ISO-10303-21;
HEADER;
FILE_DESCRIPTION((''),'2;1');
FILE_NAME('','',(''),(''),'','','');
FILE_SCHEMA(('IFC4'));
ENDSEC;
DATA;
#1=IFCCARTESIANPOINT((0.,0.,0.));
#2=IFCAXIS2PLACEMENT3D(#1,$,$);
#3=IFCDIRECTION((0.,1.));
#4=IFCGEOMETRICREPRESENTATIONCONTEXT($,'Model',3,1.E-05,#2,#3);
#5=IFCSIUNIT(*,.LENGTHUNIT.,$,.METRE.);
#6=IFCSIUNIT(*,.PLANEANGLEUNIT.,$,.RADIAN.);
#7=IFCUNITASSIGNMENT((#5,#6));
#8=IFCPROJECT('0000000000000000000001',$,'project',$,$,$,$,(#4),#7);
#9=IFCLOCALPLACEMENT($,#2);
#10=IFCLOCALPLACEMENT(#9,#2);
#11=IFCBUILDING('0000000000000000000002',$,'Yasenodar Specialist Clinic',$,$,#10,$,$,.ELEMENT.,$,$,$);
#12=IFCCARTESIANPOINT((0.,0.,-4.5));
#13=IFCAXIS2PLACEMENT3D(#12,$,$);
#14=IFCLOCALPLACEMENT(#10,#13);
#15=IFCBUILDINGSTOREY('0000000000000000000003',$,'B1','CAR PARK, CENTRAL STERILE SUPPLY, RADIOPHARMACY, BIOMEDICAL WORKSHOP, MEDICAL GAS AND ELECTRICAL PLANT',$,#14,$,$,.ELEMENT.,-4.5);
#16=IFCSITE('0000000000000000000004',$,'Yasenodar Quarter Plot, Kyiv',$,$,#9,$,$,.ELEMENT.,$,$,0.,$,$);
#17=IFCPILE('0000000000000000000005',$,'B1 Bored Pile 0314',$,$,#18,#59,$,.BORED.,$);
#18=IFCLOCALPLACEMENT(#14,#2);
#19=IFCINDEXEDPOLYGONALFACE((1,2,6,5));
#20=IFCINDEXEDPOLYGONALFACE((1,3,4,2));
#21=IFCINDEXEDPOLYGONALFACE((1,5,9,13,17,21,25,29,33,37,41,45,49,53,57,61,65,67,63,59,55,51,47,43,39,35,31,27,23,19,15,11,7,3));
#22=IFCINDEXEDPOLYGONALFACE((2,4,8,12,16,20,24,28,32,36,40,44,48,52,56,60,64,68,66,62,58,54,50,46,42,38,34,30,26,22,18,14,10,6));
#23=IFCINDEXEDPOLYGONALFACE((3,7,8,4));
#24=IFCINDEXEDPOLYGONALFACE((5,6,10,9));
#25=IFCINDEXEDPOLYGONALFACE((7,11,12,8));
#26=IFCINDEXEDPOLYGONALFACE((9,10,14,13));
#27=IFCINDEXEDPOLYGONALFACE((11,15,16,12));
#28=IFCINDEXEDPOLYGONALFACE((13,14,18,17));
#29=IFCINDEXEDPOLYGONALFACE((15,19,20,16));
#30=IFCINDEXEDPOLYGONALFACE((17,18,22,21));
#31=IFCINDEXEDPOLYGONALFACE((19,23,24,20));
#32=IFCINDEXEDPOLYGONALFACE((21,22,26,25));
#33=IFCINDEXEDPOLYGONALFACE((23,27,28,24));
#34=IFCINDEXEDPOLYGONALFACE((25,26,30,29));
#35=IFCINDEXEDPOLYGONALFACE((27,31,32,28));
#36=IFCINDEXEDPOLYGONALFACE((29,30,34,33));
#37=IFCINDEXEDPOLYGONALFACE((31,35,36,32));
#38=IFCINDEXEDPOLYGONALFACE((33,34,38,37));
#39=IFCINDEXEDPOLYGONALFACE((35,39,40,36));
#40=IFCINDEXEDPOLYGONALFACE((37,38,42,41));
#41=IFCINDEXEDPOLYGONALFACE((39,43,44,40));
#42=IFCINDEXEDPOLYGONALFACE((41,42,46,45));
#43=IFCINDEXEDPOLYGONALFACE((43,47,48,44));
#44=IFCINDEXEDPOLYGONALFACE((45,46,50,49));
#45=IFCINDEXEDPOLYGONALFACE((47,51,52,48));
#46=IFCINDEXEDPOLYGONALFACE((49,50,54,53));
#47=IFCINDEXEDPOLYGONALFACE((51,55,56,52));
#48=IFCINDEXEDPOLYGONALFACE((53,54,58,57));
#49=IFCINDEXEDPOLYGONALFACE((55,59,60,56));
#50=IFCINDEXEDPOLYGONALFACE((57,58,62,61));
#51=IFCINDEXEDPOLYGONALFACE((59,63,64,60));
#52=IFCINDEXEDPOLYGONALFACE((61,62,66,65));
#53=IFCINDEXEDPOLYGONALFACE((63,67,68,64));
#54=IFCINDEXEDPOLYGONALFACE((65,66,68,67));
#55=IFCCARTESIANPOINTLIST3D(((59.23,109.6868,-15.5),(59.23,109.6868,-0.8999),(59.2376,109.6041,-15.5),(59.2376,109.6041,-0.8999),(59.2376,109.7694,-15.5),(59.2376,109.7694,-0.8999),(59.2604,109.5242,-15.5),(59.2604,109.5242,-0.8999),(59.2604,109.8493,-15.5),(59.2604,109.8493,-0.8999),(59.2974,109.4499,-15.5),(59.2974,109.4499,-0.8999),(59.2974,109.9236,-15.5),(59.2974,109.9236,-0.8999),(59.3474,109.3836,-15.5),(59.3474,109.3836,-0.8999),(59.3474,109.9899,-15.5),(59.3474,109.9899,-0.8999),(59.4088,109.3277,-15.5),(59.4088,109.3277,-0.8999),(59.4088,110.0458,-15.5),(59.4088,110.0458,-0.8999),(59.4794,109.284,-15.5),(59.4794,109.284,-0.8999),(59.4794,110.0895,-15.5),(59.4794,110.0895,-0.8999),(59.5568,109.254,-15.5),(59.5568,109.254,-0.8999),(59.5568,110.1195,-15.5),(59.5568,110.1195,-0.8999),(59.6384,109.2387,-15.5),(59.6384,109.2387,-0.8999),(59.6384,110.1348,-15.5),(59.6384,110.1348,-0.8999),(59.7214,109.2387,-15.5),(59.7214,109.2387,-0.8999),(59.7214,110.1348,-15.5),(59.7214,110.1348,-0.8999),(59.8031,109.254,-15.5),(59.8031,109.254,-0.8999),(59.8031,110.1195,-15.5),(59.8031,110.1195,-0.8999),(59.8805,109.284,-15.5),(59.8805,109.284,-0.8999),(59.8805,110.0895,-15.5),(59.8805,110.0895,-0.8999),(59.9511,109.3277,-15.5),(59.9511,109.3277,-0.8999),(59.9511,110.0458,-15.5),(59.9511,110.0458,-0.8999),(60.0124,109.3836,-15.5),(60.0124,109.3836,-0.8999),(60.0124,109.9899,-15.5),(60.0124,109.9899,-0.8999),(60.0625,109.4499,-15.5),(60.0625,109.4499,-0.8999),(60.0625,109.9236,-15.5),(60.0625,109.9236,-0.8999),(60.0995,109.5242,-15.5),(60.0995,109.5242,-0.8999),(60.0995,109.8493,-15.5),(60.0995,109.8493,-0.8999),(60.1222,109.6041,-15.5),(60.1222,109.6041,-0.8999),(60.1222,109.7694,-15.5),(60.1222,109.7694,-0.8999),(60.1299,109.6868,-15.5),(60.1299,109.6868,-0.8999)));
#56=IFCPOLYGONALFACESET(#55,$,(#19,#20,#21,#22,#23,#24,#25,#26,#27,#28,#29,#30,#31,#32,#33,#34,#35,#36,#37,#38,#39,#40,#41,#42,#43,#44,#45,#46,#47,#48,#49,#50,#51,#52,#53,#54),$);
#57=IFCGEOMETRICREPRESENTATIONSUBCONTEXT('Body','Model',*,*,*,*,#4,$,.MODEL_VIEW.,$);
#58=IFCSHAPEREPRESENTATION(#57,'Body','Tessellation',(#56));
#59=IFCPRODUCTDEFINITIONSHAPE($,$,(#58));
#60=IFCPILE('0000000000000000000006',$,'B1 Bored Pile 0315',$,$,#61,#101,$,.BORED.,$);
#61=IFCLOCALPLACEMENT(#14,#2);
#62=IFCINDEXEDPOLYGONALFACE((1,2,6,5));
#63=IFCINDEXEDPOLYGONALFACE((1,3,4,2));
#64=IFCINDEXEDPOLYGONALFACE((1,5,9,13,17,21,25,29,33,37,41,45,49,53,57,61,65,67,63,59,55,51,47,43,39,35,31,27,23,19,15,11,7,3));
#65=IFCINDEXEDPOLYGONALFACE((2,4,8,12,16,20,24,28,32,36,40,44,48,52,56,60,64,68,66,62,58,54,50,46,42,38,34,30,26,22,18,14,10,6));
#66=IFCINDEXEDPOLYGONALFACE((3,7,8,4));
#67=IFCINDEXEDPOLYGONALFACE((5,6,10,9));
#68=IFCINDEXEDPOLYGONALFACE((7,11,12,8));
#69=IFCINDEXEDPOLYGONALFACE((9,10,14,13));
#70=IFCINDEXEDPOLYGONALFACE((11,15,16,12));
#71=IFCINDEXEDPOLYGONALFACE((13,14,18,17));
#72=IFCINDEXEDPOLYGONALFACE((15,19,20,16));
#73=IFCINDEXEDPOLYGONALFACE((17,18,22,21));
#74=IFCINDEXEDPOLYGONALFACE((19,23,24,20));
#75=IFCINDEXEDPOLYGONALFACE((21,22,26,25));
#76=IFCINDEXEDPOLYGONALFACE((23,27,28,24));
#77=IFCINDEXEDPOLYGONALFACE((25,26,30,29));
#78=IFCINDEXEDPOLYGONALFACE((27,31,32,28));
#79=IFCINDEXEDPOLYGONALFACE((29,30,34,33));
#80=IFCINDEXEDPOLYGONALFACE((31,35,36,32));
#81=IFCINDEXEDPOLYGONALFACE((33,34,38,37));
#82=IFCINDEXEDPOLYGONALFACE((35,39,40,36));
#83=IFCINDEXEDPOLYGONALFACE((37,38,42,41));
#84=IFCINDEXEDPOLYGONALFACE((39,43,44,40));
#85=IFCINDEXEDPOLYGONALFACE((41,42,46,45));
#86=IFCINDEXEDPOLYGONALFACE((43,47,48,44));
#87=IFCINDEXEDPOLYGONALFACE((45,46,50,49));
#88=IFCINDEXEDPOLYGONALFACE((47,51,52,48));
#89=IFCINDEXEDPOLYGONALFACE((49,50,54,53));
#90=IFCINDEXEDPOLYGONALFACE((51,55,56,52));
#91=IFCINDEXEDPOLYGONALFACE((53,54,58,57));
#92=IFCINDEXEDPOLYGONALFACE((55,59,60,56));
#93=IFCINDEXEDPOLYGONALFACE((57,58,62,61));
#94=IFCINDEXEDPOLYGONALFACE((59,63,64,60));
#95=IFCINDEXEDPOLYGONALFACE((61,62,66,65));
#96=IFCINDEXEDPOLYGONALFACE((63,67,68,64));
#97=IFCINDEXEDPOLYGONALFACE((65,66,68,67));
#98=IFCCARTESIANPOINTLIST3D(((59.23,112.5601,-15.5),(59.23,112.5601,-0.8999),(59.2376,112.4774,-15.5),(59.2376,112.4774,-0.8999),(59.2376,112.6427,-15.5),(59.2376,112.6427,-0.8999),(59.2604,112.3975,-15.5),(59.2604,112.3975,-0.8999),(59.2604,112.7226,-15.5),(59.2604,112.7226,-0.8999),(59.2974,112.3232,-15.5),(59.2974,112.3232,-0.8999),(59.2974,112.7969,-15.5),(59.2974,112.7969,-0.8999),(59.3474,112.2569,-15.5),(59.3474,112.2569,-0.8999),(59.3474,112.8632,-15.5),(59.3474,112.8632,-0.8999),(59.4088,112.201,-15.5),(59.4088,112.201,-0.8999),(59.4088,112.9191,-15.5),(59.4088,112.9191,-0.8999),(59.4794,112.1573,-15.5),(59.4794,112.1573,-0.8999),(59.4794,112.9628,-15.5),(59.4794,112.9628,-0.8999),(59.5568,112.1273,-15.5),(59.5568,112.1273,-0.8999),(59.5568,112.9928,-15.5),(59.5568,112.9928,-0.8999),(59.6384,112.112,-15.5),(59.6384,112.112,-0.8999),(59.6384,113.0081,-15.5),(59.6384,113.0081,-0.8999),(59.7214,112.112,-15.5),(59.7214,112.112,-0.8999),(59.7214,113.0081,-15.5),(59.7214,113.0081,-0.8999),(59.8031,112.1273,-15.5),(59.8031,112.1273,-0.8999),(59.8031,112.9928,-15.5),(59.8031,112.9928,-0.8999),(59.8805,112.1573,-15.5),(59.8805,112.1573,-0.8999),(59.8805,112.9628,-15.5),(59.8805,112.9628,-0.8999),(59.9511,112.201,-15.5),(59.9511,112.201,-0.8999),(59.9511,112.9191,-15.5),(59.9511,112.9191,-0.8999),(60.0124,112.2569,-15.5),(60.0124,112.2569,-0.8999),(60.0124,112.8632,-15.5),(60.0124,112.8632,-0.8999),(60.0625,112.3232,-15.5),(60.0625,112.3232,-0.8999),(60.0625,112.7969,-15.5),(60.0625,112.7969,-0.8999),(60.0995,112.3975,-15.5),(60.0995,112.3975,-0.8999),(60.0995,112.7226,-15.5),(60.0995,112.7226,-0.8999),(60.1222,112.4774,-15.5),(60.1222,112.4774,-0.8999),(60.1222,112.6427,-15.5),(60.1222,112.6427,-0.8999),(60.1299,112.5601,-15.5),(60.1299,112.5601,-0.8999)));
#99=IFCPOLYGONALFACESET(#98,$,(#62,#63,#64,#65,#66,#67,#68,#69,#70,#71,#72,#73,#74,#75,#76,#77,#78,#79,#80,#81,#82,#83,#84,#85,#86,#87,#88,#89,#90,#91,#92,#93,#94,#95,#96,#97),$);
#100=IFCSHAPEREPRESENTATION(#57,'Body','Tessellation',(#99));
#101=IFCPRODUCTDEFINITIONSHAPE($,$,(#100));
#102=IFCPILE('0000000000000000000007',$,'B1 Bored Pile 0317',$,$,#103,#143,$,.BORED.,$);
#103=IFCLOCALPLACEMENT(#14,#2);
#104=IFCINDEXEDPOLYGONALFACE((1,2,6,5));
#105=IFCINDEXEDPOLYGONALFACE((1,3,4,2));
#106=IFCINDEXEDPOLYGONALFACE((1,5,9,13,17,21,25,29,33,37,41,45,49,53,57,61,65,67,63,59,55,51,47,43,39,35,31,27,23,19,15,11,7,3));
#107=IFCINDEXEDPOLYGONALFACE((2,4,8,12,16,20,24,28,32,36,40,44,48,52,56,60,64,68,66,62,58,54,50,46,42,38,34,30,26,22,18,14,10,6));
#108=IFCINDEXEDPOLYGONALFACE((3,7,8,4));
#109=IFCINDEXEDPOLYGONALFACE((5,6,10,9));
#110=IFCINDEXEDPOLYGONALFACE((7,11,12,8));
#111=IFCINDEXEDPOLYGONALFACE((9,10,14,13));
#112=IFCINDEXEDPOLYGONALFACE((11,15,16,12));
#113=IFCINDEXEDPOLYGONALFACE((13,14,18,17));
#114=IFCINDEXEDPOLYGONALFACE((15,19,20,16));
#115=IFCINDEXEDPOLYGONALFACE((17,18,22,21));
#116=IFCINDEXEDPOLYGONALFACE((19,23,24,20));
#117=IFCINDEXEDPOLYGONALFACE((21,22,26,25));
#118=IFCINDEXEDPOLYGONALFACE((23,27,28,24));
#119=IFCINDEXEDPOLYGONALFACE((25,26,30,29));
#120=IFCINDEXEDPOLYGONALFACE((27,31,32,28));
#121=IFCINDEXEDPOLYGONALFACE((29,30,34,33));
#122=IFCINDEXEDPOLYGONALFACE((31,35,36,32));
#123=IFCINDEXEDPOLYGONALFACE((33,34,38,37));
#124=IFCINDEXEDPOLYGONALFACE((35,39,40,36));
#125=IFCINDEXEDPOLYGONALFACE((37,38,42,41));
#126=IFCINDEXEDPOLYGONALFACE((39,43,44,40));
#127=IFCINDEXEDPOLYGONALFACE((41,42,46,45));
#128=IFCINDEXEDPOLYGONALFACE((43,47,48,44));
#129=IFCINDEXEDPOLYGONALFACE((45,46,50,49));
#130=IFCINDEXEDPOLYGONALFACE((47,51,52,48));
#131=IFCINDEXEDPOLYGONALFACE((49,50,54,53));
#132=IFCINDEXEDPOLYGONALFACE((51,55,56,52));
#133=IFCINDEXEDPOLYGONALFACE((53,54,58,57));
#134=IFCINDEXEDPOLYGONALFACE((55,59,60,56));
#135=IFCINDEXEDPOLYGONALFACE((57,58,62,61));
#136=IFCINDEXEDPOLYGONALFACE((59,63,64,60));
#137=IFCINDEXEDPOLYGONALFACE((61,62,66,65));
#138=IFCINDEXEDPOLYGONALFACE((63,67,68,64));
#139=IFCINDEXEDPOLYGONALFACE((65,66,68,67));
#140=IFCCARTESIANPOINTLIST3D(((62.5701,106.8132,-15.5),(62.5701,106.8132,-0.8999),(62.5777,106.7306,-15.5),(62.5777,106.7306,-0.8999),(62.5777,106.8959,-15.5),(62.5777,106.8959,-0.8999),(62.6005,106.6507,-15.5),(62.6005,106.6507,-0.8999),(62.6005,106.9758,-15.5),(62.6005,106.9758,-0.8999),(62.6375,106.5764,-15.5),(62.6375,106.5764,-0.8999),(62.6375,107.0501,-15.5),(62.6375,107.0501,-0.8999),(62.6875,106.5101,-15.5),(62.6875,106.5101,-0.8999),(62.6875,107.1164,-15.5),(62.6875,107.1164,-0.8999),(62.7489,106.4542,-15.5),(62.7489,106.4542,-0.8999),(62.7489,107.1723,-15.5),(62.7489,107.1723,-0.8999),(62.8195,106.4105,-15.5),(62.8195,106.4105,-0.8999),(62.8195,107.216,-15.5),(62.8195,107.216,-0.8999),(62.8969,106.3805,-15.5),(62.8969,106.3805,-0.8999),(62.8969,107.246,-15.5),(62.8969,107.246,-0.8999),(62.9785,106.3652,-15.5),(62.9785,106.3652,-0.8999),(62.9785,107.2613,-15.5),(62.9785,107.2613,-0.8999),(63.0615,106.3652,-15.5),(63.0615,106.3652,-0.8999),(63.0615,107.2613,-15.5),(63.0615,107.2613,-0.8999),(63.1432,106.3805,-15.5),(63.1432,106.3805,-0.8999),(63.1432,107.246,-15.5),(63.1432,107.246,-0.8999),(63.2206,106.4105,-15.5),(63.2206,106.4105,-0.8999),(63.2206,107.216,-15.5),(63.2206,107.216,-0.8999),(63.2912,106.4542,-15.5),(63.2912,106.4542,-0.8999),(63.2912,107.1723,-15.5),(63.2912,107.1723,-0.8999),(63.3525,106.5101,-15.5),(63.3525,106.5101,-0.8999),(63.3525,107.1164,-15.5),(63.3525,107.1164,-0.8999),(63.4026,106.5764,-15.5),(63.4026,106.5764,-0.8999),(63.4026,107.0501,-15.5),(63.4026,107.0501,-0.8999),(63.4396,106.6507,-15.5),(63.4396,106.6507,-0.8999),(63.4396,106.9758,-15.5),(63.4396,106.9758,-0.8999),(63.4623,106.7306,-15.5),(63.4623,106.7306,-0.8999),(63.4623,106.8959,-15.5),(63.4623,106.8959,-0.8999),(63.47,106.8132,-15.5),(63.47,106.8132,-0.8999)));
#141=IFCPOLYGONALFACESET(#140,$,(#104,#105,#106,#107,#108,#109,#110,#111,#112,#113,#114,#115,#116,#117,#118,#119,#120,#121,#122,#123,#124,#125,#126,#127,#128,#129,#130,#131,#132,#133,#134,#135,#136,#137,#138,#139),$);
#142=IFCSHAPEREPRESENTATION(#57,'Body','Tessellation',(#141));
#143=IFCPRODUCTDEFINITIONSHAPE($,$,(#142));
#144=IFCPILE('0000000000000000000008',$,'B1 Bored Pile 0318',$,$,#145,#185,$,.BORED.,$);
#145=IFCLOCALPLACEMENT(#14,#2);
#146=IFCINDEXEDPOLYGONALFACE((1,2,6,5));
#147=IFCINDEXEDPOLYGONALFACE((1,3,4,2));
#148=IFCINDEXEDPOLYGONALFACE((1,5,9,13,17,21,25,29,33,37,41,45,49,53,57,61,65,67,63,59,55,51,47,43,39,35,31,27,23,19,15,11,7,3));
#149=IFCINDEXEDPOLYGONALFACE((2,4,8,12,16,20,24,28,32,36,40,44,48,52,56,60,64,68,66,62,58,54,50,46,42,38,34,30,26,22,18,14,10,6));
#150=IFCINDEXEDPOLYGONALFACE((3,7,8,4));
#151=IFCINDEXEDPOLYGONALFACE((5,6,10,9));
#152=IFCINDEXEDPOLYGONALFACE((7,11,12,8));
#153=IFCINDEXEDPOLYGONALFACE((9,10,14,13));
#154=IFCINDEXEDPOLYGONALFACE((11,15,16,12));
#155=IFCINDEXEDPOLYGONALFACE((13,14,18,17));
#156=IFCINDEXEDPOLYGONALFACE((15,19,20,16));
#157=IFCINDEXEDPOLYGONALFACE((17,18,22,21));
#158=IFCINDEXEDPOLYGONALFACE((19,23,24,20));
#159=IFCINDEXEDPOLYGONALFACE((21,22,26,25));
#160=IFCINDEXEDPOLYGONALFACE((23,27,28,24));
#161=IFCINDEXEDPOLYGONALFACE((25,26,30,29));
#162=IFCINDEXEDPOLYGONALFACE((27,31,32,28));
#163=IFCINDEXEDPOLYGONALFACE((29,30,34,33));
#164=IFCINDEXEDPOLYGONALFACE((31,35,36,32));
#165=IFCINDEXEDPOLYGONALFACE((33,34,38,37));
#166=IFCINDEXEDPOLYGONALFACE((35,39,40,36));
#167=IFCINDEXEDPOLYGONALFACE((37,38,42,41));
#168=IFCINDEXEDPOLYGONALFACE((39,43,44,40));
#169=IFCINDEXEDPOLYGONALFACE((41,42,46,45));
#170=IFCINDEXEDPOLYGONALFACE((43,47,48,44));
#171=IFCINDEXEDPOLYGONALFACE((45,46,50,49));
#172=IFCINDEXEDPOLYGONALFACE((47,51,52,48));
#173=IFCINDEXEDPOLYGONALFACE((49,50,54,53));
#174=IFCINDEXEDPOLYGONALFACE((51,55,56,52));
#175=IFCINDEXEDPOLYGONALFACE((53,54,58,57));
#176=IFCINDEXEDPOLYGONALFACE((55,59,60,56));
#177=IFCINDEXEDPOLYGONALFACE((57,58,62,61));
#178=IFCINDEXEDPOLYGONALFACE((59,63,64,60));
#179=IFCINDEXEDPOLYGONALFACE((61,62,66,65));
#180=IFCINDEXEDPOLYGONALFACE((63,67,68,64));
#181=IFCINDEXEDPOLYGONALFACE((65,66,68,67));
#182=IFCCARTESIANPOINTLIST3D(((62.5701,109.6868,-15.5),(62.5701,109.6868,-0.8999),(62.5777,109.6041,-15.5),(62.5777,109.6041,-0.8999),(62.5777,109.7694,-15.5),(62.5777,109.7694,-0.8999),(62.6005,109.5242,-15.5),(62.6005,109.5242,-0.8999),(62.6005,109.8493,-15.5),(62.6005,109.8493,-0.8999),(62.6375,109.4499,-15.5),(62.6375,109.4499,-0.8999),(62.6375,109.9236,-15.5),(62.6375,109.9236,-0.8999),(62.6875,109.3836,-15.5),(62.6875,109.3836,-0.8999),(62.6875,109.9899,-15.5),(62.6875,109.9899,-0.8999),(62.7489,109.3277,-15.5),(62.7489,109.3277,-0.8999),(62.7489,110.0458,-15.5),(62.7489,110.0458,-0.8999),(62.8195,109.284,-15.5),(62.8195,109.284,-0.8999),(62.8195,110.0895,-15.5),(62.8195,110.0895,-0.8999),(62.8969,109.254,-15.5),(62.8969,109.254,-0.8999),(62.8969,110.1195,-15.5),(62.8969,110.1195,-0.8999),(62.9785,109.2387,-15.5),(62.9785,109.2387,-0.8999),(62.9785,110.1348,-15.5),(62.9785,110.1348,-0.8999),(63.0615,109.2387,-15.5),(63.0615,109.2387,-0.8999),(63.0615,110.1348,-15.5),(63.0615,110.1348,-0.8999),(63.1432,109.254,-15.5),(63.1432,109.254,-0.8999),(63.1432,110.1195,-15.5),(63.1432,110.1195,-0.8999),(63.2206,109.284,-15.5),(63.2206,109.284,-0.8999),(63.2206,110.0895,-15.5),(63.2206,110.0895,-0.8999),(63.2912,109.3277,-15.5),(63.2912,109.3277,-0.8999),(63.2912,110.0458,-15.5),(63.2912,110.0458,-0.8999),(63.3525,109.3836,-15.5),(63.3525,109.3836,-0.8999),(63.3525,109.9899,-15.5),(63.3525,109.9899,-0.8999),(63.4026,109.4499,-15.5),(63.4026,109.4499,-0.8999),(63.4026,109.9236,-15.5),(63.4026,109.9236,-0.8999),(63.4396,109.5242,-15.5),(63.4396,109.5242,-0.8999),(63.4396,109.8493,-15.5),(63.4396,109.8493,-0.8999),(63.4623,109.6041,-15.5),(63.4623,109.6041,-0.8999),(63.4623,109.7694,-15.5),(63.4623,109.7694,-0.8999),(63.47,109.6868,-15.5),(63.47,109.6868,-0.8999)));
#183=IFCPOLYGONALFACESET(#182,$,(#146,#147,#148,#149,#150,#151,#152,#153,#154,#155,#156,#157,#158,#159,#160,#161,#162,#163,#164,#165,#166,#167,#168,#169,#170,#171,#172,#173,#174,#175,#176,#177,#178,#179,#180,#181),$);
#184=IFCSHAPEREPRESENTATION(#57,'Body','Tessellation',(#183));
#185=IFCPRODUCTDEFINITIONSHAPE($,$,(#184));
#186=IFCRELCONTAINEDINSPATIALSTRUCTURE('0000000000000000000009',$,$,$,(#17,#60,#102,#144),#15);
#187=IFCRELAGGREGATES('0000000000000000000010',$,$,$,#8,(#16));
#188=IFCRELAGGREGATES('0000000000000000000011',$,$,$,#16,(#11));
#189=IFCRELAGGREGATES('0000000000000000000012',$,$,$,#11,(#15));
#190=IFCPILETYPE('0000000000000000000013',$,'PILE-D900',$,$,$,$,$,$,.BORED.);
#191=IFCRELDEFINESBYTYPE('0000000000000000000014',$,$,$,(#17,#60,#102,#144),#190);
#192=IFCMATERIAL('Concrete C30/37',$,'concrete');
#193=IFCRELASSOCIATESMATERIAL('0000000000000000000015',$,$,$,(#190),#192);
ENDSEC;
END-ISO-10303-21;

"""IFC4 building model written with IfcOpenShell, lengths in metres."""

from ifc_helpers import new_model, si_unit, direction, frame, origin, origin_2d, place, context, subcontext, project, spatial, circle, extrude, material, material_profile, profile_set, type_object, element, save


model = new_model("IFC4")

# Units and contexts
model_context = context("Model", 3, precision=1e-05, world=origin(), true_north=direction((0.0, 1.0)))
body_context = subcontext(model_context, "Body", "Model", "MODEL_VIEW")
ifc_project = project(units=[si_unit("LENGTHUNIT", "METRE"), si_unit("PLANEANGLEUNIT", "RADIAN")], contexts=[model_context])

# Site, building, storey
site_placement = place(None, origin())
site = spatial("IfcSite", under=ifc_project, at=site_placement, Name="Yasenodar Quarter Plot, Kyiv", CompositionType="ELEMENT", RefElevation=0.0)
building_placement = place(site_placement, origin())
building = spatial("IfcBuilding", under=site, at=building_placement, Name="Yasenodar Specialist Clinic", CompositionType="ELEMENT")
storey_placement = place(building_placement, frame((0.0, 0.0, -4.5)))
storey = spatial("IfcBuildingStorey", under=building, at=storey_placement, Name="B1", Description="CAR PARK, CENTRAL STERILE SUPPLY, RADIOPHARMACY, BIOMEDICAL WORKSHOP, MEDICAL GAS AND ELECTRICAL PLANT", CompositionType="ELEMENT", Elevation=-4.5)

# Piles
ifc_material_1 = material(Name="Concrete C30/37", Category="concrete")
ifc_material_profile_1 = material_profile(ifc_material_1, circle(Radius=0.45, at=origin_2d()), Name="PILE D900")
ifc_profile_set_1 = profile_set([ifc_material_profile_1], Name="Concrete C30/37")
pile_type = type_object("IfcPileType", Name="PILE-D900", PredefinedType="BORED", material=ifc_profile_set_1)
for number, where, z_axis, x_axis, name in (
    (1, (59.6799, 109.6868, -0.8999), (0.0, 0.0, -1.0), (1.0, 0.0, 0.0), "B1 Bored Pile 0314"),
    (2, (59.6799, 112.5601, -0.8999), (0.0, 0.0, -1.0), (1.0, 0.0, 0.0), "B1 Bored Pile 0315"),
    (3, (63.02, 106.8132, -0.8999), (0.0, 0.0, -1.0), (1.0, 0.0, 0.0), "B1 Bored Pile 0317"),
    (4, (63.02, 109.6868, -0.8999), (0.0, 0.0, -1.0), (1.0, 0.0, 0.0), "B1 Bored Pile 0318"),
):
    element("IfcPile", number, at=place(storey_placement, frame(where, z_axis=z_axis, x_axis=x_axis)), inside=storey, type_object=pile_type, Name=name, PredefinedType="BORED", context=body_context, shape_type="SweptSolid", body=[
        extrude(circle(Radius=0.45, at=origin_2d()), origin(), (0.0, 0.0, 1.0), 14.6001),
    ])

save(model, "model.ifc")
